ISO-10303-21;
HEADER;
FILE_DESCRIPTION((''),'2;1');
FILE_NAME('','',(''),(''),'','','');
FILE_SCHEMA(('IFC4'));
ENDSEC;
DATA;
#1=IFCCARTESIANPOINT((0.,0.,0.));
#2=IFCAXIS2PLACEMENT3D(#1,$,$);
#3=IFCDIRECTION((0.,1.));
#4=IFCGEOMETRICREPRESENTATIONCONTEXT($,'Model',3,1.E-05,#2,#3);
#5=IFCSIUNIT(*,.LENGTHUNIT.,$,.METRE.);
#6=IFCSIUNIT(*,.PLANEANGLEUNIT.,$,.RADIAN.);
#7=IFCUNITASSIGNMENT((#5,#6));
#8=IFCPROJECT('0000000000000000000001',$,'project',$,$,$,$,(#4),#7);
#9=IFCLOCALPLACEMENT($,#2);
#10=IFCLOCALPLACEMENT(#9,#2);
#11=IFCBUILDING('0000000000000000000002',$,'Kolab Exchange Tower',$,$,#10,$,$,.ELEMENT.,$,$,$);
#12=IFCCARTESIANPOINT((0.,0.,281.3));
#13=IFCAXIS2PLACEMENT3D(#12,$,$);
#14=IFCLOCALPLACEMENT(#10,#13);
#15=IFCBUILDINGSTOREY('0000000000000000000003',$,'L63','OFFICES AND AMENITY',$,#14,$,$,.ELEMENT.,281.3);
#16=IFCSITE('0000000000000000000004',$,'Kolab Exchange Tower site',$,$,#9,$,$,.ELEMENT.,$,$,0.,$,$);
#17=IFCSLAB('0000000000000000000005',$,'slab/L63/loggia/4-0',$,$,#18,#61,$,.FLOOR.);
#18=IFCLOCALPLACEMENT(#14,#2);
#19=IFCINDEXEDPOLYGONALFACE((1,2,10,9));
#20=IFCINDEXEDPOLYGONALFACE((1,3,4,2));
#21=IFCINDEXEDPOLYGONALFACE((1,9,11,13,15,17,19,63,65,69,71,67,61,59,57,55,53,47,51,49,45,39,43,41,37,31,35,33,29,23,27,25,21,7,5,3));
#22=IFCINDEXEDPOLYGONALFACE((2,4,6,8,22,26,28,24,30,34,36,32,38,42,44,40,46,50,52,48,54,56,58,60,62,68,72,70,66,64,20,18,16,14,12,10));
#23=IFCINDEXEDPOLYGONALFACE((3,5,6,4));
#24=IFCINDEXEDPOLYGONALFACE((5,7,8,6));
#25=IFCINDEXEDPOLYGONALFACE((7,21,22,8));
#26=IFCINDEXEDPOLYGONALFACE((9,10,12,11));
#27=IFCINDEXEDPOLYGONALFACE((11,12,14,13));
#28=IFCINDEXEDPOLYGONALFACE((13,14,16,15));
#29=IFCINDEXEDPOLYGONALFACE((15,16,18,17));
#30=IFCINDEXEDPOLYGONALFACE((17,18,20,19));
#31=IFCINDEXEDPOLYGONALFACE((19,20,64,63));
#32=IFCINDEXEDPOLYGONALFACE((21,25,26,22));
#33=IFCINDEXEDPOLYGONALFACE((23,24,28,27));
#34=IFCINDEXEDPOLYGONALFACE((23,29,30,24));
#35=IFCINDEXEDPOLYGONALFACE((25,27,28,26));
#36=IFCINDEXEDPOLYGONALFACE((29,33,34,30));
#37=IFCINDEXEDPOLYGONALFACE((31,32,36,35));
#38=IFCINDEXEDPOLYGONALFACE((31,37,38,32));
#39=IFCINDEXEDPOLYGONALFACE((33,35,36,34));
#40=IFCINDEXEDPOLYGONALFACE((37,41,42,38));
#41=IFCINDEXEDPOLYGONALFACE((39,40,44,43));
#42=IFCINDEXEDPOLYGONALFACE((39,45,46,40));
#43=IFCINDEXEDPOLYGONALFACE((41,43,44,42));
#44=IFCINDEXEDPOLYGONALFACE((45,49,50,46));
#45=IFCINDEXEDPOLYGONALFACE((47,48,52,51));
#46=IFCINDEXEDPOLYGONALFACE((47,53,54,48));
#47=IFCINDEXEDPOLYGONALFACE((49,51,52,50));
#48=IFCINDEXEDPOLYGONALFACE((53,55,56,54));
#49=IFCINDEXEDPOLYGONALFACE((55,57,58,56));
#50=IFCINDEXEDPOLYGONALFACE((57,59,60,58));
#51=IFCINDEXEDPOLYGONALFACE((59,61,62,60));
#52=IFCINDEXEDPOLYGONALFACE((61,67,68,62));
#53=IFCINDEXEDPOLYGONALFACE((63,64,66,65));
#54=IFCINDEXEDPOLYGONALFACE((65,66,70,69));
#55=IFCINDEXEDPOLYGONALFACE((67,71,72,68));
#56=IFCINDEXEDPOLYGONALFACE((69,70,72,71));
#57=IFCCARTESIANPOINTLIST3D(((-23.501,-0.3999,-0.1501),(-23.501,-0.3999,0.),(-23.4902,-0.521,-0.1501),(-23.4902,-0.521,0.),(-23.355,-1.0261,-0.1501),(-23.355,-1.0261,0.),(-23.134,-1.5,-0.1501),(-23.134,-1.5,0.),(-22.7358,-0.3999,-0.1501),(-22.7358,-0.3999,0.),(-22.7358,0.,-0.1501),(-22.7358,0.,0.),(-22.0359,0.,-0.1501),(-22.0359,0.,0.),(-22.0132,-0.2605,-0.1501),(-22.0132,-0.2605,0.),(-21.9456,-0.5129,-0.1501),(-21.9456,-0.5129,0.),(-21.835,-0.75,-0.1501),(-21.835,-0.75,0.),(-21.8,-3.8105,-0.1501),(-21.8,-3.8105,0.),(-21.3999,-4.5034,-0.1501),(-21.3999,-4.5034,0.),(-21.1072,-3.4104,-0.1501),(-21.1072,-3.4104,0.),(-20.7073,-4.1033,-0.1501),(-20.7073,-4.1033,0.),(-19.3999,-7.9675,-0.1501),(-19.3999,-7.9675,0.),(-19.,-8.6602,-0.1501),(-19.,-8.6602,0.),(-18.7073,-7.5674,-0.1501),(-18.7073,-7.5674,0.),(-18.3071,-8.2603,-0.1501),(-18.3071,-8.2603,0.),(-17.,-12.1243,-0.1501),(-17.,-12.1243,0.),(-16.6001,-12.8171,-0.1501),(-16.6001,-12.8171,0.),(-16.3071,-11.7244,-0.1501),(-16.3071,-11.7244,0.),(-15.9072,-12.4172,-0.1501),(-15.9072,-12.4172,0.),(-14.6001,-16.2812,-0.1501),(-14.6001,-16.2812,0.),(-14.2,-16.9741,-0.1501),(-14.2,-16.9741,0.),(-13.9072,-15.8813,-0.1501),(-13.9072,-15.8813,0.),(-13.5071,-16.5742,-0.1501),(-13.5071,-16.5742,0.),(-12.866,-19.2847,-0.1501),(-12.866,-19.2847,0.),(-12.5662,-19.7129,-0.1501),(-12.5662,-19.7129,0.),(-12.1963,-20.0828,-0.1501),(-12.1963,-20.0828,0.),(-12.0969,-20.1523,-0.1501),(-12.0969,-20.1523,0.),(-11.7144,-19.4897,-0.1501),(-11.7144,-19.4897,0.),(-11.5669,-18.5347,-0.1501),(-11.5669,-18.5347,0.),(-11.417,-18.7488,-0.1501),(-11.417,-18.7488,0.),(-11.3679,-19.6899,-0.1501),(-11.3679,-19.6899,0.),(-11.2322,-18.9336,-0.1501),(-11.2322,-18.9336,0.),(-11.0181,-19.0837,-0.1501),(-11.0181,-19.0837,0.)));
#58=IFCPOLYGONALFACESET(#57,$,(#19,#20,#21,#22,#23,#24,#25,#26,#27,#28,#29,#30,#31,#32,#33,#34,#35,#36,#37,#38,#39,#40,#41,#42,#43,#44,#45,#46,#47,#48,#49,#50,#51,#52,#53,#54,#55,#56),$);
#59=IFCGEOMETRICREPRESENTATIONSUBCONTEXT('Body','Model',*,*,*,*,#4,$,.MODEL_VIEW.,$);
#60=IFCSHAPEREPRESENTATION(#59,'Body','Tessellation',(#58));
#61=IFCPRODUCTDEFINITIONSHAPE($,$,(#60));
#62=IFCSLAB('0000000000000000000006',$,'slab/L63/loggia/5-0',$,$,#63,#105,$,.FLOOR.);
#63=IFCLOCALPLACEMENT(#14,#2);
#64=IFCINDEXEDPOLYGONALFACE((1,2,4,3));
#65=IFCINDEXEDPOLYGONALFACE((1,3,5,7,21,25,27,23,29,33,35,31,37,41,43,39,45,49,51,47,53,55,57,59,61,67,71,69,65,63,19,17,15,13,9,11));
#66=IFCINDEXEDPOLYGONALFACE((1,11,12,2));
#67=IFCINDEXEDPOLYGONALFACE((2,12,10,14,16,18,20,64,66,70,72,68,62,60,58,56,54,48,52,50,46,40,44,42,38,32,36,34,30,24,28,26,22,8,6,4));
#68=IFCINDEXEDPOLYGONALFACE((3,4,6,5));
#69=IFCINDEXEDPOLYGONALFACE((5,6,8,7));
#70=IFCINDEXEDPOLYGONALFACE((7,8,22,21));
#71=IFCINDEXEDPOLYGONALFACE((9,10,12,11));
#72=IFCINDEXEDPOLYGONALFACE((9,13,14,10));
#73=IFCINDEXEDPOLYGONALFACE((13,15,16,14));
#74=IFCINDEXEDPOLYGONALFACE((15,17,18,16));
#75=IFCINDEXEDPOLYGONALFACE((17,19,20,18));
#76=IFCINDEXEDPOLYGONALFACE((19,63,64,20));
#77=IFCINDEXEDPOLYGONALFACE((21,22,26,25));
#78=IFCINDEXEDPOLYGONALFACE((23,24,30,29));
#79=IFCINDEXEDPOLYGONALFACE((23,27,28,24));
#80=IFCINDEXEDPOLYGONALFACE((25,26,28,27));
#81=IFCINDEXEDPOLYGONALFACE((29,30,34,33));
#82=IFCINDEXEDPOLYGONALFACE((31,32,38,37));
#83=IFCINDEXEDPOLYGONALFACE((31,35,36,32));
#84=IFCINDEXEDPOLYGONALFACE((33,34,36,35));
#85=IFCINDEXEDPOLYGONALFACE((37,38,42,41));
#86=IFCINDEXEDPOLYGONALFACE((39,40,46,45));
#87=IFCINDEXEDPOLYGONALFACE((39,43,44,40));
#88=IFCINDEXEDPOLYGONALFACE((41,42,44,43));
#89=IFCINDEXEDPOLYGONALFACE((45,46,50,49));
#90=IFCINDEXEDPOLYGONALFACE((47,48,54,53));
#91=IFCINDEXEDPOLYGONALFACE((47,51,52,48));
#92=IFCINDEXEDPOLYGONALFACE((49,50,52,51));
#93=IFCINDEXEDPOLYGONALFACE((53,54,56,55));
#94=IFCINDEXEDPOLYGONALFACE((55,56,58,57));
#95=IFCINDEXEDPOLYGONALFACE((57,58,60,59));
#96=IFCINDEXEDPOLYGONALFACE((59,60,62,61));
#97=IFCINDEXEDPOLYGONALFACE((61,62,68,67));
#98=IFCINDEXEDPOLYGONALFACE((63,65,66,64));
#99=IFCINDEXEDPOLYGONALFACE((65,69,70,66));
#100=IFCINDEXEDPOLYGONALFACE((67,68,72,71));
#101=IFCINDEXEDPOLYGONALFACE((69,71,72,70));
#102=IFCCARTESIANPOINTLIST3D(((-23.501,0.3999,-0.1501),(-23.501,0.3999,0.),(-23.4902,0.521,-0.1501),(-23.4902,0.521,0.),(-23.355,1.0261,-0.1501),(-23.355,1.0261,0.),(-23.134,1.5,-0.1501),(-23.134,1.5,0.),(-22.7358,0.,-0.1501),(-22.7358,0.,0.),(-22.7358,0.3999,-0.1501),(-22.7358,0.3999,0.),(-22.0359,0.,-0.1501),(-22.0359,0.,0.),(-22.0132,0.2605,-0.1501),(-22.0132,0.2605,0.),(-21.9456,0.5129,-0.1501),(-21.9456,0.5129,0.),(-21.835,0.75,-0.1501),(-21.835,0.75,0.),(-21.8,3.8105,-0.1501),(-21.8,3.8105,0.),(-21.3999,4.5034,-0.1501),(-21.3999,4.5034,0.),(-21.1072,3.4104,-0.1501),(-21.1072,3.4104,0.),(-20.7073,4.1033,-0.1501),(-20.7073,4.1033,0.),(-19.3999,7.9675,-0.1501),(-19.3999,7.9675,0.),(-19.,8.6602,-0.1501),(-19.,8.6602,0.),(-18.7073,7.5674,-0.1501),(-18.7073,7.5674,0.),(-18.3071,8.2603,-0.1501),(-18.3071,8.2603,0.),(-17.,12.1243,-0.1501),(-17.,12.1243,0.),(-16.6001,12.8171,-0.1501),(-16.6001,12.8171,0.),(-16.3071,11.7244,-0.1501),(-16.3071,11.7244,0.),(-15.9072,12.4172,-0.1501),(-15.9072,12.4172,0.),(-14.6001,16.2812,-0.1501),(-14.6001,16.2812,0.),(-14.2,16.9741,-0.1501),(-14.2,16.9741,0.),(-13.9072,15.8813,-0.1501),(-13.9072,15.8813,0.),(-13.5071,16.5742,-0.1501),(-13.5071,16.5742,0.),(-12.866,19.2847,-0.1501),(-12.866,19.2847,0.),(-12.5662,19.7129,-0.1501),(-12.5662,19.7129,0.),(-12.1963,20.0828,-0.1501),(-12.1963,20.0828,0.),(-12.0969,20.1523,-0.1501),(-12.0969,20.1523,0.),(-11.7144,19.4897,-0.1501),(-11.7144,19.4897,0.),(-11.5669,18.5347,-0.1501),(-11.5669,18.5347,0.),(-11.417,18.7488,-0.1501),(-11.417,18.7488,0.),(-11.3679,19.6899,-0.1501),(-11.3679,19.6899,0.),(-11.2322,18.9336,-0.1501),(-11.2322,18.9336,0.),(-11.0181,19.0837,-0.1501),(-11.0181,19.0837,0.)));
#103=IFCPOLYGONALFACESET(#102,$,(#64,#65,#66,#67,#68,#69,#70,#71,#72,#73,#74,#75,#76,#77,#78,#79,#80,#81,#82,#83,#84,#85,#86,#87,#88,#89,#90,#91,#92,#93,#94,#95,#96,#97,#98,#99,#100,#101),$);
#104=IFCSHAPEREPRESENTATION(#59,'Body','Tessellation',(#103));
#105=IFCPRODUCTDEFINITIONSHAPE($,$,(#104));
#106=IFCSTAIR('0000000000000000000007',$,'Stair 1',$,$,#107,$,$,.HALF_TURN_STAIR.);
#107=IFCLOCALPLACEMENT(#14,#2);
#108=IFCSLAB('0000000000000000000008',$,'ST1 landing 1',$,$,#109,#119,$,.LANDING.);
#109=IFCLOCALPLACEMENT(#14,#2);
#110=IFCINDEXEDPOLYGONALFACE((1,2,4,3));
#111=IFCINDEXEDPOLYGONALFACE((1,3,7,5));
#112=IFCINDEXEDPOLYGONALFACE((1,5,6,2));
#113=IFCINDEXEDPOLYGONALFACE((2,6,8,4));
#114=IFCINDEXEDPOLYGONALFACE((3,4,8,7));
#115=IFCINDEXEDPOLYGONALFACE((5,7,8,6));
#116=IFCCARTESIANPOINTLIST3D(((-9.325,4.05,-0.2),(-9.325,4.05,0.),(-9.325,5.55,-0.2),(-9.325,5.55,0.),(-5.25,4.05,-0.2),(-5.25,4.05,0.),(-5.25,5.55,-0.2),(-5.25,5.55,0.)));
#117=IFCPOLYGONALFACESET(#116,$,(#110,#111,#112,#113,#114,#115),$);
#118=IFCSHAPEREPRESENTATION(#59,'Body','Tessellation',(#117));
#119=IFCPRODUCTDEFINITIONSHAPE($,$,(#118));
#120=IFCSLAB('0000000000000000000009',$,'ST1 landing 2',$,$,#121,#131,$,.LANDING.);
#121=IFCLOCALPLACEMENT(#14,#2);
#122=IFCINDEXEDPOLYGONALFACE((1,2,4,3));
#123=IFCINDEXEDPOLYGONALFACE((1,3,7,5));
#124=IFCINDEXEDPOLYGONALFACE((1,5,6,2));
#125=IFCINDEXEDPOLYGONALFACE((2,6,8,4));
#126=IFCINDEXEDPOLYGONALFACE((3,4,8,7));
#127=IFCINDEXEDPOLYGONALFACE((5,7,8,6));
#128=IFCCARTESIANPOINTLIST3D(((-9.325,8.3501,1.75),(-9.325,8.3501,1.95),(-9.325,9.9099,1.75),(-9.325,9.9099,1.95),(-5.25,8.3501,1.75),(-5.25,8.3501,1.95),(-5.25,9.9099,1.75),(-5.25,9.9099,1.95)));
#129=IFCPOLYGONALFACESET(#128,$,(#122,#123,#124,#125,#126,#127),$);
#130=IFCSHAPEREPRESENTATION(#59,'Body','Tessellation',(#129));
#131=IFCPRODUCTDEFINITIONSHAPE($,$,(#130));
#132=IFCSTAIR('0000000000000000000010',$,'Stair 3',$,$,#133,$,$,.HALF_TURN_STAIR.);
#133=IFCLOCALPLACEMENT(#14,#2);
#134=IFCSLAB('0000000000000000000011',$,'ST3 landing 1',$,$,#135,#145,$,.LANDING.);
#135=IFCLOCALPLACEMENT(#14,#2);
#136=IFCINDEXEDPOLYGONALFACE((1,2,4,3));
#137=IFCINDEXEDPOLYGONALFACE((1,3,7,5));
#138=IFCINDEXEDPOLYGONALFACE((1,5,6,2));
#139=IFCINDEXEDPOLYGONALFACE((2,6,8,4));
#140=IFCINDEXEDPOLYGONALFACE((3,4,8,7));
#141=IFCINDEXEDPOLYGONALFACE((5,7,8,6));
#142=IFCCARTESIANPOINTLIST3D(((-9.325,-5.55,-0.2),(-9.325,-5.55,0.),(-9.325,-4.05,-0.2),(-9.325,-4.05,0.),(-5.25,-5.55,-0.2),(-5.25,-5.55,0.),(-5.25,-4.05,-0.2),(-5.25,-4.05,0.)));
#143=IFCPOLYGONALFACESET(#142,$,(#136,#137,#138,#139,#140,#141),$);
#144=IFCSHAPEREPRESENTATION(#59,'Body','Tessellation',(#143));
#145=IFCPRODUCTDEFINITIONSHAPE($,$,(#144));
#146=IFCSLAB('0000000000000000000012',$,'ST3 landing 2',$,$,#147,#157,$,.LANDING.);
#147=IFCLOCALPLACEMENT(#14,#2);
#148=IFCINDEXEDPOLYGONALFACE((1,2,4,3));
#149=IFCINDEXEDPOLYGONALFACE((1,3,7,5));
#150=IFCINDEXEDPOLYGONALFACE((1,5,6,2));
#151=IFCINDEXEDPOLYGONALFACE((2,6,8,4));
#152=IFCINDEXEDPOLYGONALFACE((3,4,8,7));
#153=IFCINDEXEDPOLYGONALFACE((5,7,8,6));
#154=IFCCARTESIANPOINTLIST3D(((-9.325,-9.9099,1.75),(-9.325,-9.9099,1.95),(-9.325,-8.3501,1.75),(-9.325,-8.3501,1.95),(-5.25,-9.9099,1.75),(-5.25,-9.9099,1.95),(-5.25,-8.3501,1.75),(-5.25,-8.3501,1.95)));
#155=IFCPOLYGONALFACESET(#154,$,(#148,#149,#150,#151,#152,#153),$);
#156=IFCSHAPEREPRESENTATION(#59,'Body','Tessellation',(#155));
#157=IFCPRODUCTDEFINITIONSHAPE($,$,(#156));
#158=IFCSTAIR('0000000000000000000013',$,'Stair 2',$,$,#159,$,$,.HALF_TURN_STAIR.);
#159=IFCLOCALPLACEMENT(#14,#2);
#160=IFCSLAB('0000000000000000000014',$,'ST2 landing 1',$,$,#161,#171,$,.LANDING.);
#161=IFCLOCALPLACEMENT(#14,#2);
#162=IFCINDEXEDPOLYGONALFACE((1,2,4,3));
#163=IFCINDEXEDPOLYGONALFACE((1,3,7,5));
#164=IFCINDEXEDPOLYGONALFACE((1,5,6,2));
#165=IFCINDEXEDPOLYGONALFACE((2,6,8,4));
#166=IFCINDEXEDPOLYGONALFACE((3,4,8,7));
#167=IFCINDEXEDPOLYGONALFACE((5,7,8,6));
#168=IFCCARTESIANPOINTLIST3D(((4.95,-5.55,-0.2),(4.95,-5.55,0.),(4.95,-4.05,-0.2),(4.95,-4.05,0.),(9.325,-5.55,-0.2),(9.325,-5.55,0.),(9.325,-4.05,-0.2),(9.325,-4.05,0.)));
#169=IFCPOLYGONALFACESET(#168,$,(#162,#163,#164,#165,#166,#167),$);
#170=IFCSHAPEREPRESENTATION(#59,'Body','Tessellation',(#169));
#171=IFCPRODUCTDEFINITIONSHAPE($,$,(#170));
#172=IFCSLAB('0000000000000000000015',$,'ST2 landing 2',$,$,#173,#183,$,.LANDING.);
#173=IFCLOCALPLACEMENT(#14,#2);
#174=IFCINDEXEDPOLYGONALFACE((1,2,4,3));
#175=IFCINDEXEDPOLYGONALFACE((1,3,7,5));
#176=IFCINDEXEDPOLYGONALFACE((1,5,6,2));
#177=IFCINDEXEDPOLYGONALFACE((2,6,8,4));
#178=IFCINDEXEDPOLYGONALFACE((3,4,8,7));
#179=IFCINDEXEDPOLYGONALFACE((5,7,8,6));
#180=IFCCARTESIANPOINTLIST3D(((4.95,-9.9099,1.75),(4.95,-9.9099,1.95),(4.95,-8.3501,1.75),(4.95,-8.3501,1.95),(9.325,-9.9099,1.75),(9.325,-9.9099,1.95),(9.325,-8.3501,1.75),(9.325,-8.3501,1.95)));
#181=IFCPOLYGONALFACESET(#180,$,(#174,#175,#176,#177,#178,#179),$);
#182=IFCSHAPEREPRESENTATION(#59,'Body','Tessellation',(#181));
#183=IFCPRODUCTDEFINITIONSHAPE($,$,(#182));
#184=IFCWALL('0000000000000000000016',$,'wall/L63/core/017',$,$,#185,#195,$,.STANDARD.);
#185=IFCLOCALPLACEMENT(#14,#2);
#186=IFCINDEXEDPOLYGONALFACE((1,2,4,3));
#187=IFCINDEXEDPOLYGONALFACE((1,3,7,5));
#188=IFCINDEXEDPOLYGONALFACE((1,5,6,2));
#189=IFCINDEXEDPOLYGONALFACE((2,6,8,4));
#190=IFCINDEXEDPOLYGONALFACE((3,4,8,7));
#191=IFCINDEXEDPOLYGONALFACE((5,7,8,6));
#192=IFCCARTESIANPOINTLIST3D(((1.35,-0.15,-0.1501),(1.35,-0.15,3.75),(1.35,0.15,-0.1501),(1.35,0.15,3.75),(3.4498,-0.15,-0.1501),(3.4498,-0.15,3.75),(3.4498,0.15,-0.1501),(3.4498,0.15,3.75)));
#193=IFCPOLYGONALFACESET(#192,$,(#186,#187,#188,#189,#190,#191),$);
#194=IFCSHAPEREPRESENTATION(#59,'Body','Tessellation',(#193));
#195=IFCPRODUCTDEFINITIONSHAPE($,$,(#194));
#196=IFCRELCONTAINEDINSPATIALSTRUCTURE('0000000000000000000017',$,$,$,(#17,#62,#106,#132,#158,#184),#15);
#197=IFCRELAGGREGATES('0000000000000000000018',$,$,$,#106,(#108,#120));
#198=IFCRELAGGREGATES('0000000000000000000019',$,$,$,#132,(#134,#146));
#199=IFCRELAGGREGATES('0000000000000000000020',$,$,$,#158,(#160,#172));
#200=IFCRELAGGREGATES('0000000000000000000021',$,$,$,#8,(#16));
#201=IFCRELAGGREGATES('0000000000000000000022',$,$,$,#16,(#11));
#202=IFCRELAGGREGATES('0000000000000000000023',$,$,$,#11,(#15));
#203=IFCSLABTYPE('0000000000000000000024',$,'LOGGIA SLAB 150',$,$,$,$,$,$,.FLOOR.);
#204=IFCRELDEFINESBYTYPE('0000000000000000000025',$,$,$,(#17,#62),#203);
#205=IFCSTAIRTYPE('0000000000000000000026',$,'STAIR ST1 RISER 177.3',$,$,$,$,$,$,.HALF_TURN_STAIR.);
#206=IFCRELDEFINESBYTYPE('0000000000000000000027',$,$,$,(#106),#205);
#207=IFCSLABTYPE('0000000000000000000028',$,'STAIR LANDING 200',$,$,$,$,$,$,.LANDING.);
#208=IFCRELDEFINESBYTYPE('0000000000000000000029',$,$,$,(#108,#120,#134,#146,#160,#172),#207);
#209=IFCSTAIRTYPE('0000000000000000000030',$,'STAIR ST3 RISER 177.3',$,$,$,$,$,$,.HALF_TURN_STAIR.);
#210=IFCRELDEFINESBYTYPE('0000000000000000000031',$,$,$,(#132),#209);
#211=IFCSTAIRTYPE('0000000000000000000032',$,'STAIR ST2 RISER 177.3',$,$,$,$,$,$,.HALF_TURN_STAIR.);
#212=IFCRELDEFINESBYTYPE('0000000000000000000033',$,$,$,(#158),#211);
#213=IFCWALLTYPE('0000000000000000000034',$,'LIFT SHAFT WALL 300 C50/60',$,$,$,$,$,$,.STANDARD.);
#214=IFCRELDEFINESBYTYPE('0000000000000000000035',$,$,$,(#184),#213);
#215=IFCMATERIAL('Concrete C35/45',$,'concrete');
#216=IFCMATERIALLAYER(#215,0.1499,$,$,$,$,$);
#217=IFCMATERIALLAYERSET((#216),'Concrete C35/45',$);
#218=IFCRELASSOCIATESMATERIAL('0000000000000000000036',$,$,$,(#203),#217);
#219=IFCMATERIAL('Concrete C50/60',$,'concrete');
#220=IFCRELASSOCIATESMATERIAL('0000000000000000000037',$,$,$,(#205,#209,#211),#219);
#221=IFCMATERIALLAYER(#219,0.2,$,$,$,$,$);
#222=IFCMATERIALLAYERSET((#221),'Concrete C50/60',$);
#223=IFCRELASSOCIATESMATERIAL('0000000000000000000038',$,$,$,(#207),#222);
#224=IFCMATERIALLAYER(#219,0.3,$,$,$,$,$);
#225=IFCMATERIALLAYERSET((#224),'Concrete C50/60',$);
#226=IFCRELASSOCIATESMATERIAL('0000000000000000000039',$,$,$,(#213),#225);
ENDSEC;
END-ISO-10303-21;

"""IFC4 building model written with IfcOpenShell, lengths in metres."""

from ifc_helpers import new_model, si_unit, direction, frame, frame_2d, origin, place, context, subcontext, project, spatial, polyline, rectangle, outline, extrude, material, layer, layer_set, type_object, element, aggregate, save


model = new_model("IFC4")

# Units and contexts
model_context = context("Model", 3, precision=1e-05, world=origin(), true_north=direction((0.0, 1.0)))
body_context = subcontext(model_context, "Body", "Model", "MODEL_VIEW")
ifc_project = project(units=[si_unit("LENGTHUNIT", "METRE"), si_unit("PLANEANGLEUNIT", "RADIAN")], contexts=[model_context])

# Site, building, storey
site_placement = place(None, origin())
site = spatial("IfcSite", under=ifc_project, at=site_placement, Name="Kolab Exchange Tower site", CompositionType="ELEMENT", RefElevation=0.0)
building_placement = place(site_placement, origin())
building = spatial("IfcBuilding", under=site, at=building_placement, Name="Kolab Exchange Tower", CompositionType="ELEMENT")
storey_placement = place(building_placement, frame((0.0, 0.0, 281.3)))
storey = spatial("IfcBuildingStorey", under=building, at=storey_placement, Name="L63", Description="OFFICES AND AMENITY", CompositionType="ELEMENT", Elevation=281.3)

# Slabs
ifc_material_1 = material(Name="Concrete C35/45", Category="concrete")
ifc_layer_1 = layer(ifc_material_1, 0.1499)
ifc_layer_set_1 = layer_set([ifc_layer_1], Name="Concrete C35/45")
slab_type_1 = type_object("IfcSlabType", Name="LOGGIA SLAB 150", PredefinedType="FLOOR", material=ifc_layer_set_1)
slab_1_placement = place(storey_placement, frame((0.0, 0.0, -0.1501)))
element("IfcSlab", 1, at=slab_1_placement, inside=storey, type_object=slab_type_1, Name="slab/L63/loggia/4-0", PredefinedType="FLOOR", context=body_context, shape_type="SweptSolid", body=[
    extrude(outline(polyline([(-22.0359, 0.0), (-22.7358, 0.0), (-22.7358, -0.3999), (-23.501, -0.3999), (-23.4902, -0.521), (-23.355, -1.0261), (-23.134, -1.5), (-21.8, -3.8105), (-21.1072, -3.4104), (-20.7073, -4.1033), (-21.3999, -4.5034), (-19.3999, -7.9675), (-18.7073, -7.5674), (-18.3071, -8.2603), (-19.0, -8.6602), (-17.0, -12.1243), (-16.3071, -11.7244), (-15.9072, -12.4172), (-16.6001, -12.8171), (-14.6001, -16.2812), (-13.9072, -15.8813), (-13.5071, -16.5742), (-14.2, -16.9741), (-12.866, -19.2847), (-12.5662, -19.7129), (-12.1963, -20.0828), (-12.0969, -20.1523), (-11.7144, -19.4897), (-11.3679, -19.6899), (-11.0181, -19.0837), (-11.2322, -18.9336), (-11.417, -18.7488), (-11.5669, -18.5347), (-21.835, -0.75), (-21.9456, -0.5129), (-22.0132, -0.2605), (-22.0359, 0.0)])), origin(), (0.0, 0.0, 1.0), 0.1501),
])
slab_2_placement = place(storey_placement, frame((0.0, 0.0, -0.1501)))
element("IfcSlab", 2, at=slab_2_placement, inside=storey, type_object=slab_type_1, Name="slab/L63/loggia/5-0", PredefinedType="FLOOR", context=body_context, shape_type="SweptSolid", body=[
    extrude(outline(polyline([(-11.0181, 19.0837), (-11.3679, 19.6899), (-11.7144, 19.4897), (-12.0969, 20.1523), (-12.1963, 20.0828), (-12.5662, 19.7129), (-12.866, 19.2847), (-14.2, 16.9741), (-13.5071, 16.5742), (-13.9072, 15.8813), (-14.6001, 16.2812), (-16.6001, 12.8171), (-15.9072, 12.4172), (-16.3071, 11.7244), (-17.0, 12.1243), (-19.0, 8.6602), (-18.3071, 8.2603), (-18.7073, 7.5674), (-19.3999, 7.9675), (-21.3999, 4.5034), (-20.7073, 4.1033), (-21.1072, 3.4104), (-21.8, 3.8105), (-23.134, 1.5), (-23.355, 1.0261), (-23.4902, 0.521), (-23.501, 0.3999), (-22.7358, 0.3999), (-22.7358, 0.0), (-22.0359, 0.0), (-22.0132, 0.2605), (-21.9456, 0.5129), (-21.835, 0.75), (-11.5669, 18.5347), (-11.417, 18.7488), (-11.2322, 18.9336), (-11.0181, 19.0837)])), origin(), (0.0, 0.0, 1.0), 0.1501),
])

# Stairs, slabs
ifc_material_2 = material(Name="Concrete C50/60", Category="concrete")
stair_type_1 = type_object("IfcStairType", Name="STAIR ST1 RISER 177.3", PredefinedType="HALF_TURN_STAIR", material=ifc_material_2)
stair_1_placement = place(storey_placement, origin())
stair_1 = element("IfcStair", 3, at=stair_1_placement, inside=storey, type_object=stair_type_1, Name="Stair 1", PredefinedType="HALF_TURN_STAIR")
ifc_layer_2 = layer(ifc_material_2, 0.2)
ifc_layer_set_2 = layer_set([ifc_layer_2], Name="Concrete C50/60")
slab_type_2 = type_object("IfcSlabType", Name="STAIR LANDING 200", PredefinedType="LANDING", material=ifc_layer_set_2)
slab_3_placement = place(storey_placement, frame((0.0, 0.0, -0.2)))
slab_3 = element("IfcSlab", 4, at=slab_3_placement, type_object=slab_type_2, Name="ST1 landing 1", PredefinedType="LANDING", context=body_context, shape_type="SweptSolid", body=[
    extrude(outline(polyline([(-9.325, 4.05), (-5.25, 4.05), (-5.25, 5.55), (-9.325, 5.55), (-9.325, 4.05)])), origin(), (0.0, 0.0, 1.0), 0.2),
])
slab_4_placement = place(storey_placement, frame((0.0, 0.0, 1.75)))
slab_4 = element("IfcSlab", 5, at=slab_4_placement, type_object=slab_type_2, Name="ST1 landing 2", PredefinedType="LANDING", context=body_context, shape_type="SweptSolid", body=[
    extrude(outline(polyline([(-9.325, 8.3501), (-5.25, 8.3501), (-5.25, 9.9099), (-9.325, 9.9099), (-9.325, 8.3501)])), origin(), (0.0, 0.0, 1.0), 0.2),
])
aggregate(stair_1, [slab_3, slab_4])
stair_type_2 = type_object("IfcStairType", Name="STAIR ST3 RISER 177.3", PredefinedType="HALF_TURN_STAIR", material=ifc_material_2)
stair_2_placement = place(storey_placement, origin())
stair_2 = element("IfcStair", 6, at=stair_2_placement, inside=storey, type_object=stair_type_2, Name="Stair 3", PredefinedType="HALF_TURN_STAIR")
slab_5_placement = place(storey_placement, frame((0.0, 0.0, -0.2)))
slab_5 = element("IfcSlab", 7, at=slab_5_placement, type_object=slab_type_2, Name="ST3 landing 1", PredefinedType="LANDING", context=body_context, shape_type="SweptSolid", body=[
    extrude(outline(polyline([(-9.325, -5.55), (-5.25, -5.55), (-5.25, -4.05), (-9.325, -4.05), (-9.325, -5.55)])), origin(), (0.0, 0.0, 1.0), 0.2),
])
slab_6_placement = place(storey_placement, frame((0.0, 0.0, 1.75)))
slab_6 = element("IfcSlab", 8, at=slab_6_placement, type_object=slab_type_2, Name="ST3 landing 2", PredefinedType="LANDING", context=body_context, shape_type="SweptSolid", body=[
    extrude(outline(polyline([(-9.325, -9.9099), (-5.25, -9.9099), (-5.25, -8.3501), (-9.325, -8.3501), (-9.325, -9.9099)])), origin(), (0.0, 0.0, 1.0), 0.2),
])
aggregate(stair_2, [slab_5, slab_6])
stair_type_3 = type_object("IfcStairType", Name="STAIR ST2 RISER 177.3", PredefinedType="HALF_TURN_STAIR", material=ifc_material_2)
stair_3_placement = place(storey_placement, origin())
stair_3 = element("IfcStair", 9, at=stair_3_placement, inside=storey, type_object=stair_type_3, Name="Stair 2", PredefinedType="HALF_TURN_STAIR")
slab_7_placement = place(storey_placement, frame((0.0, 0.0, -0.2)))
slab_7 = element("IfcSlab", 10, at=slab_7_placement, type_object=slab_type_2, Name="ST2 landing 1", PredefinedType="LANDING", context=body_context, shape_type="SweptSolid", body=[
    extrude(outline(polyline([(4.95, -5.55), (9.325, -5.55), (9.325, -4.05), (4.95, -4.05), (4.95, -5.55)])), origin(), (0.0, 0.0, 1.0), 0.2),
])
slab_8_placement = place(storey_placement, frame((0.0, 0.0, 1.75)))
slab_8 = element("IfcSlab", 11, at=slab_8_placement, type_object=slab_type_2, Name="ST2 landing 2", PredefinedType="LANDING", context=body_context, shape_type="SweptSolid", body=[
    extrude(outline(polyline([(4.95, -9.9099), (9.325, -9.9099), (9.325, -8.3501), (4.95, -8.3501), (4.95, -9.9099)])), origin(), (0.0, 0.0, 1.0), 0.2),
])
aggregate(stair_3, [slab_7, slab_8])

# Wall
ifc_layer_3 = layer(ifc_material_2, 0.3)
ifc_layer_set_3 = layer_set([ifc_layer_3], Name="Concrete C50/60")
wall_type_1 = type_object("IfcWallType", Name="LIFT SHAFT WALL 300 C50/60", PredefinedType="STANDARD", material=ifc_layer_set_3)
wall_1_placement = place(storey_placement, frame((1.3501, 0.0, -0.1501), z_axis=(0.0, 0.0, 1.0), x_axis=(1.0, 0.0, 0.0)))
element("IfcWall", 12, at=wall_1_placement, inside=storey, type_object=wall_type_1, Name="wall/L63/core/017", PredefinedType="STANDARD", context=body_context, shape_type="SweptSolid", body=[
    extrude(rectangle(XDim=2.0999, YDim=0.3, at=frame_2d((1.0498, 0.0))), origin(), (0.0, 0.0, 1.0), 3.9001),
])

save(model, "model.ifc")
